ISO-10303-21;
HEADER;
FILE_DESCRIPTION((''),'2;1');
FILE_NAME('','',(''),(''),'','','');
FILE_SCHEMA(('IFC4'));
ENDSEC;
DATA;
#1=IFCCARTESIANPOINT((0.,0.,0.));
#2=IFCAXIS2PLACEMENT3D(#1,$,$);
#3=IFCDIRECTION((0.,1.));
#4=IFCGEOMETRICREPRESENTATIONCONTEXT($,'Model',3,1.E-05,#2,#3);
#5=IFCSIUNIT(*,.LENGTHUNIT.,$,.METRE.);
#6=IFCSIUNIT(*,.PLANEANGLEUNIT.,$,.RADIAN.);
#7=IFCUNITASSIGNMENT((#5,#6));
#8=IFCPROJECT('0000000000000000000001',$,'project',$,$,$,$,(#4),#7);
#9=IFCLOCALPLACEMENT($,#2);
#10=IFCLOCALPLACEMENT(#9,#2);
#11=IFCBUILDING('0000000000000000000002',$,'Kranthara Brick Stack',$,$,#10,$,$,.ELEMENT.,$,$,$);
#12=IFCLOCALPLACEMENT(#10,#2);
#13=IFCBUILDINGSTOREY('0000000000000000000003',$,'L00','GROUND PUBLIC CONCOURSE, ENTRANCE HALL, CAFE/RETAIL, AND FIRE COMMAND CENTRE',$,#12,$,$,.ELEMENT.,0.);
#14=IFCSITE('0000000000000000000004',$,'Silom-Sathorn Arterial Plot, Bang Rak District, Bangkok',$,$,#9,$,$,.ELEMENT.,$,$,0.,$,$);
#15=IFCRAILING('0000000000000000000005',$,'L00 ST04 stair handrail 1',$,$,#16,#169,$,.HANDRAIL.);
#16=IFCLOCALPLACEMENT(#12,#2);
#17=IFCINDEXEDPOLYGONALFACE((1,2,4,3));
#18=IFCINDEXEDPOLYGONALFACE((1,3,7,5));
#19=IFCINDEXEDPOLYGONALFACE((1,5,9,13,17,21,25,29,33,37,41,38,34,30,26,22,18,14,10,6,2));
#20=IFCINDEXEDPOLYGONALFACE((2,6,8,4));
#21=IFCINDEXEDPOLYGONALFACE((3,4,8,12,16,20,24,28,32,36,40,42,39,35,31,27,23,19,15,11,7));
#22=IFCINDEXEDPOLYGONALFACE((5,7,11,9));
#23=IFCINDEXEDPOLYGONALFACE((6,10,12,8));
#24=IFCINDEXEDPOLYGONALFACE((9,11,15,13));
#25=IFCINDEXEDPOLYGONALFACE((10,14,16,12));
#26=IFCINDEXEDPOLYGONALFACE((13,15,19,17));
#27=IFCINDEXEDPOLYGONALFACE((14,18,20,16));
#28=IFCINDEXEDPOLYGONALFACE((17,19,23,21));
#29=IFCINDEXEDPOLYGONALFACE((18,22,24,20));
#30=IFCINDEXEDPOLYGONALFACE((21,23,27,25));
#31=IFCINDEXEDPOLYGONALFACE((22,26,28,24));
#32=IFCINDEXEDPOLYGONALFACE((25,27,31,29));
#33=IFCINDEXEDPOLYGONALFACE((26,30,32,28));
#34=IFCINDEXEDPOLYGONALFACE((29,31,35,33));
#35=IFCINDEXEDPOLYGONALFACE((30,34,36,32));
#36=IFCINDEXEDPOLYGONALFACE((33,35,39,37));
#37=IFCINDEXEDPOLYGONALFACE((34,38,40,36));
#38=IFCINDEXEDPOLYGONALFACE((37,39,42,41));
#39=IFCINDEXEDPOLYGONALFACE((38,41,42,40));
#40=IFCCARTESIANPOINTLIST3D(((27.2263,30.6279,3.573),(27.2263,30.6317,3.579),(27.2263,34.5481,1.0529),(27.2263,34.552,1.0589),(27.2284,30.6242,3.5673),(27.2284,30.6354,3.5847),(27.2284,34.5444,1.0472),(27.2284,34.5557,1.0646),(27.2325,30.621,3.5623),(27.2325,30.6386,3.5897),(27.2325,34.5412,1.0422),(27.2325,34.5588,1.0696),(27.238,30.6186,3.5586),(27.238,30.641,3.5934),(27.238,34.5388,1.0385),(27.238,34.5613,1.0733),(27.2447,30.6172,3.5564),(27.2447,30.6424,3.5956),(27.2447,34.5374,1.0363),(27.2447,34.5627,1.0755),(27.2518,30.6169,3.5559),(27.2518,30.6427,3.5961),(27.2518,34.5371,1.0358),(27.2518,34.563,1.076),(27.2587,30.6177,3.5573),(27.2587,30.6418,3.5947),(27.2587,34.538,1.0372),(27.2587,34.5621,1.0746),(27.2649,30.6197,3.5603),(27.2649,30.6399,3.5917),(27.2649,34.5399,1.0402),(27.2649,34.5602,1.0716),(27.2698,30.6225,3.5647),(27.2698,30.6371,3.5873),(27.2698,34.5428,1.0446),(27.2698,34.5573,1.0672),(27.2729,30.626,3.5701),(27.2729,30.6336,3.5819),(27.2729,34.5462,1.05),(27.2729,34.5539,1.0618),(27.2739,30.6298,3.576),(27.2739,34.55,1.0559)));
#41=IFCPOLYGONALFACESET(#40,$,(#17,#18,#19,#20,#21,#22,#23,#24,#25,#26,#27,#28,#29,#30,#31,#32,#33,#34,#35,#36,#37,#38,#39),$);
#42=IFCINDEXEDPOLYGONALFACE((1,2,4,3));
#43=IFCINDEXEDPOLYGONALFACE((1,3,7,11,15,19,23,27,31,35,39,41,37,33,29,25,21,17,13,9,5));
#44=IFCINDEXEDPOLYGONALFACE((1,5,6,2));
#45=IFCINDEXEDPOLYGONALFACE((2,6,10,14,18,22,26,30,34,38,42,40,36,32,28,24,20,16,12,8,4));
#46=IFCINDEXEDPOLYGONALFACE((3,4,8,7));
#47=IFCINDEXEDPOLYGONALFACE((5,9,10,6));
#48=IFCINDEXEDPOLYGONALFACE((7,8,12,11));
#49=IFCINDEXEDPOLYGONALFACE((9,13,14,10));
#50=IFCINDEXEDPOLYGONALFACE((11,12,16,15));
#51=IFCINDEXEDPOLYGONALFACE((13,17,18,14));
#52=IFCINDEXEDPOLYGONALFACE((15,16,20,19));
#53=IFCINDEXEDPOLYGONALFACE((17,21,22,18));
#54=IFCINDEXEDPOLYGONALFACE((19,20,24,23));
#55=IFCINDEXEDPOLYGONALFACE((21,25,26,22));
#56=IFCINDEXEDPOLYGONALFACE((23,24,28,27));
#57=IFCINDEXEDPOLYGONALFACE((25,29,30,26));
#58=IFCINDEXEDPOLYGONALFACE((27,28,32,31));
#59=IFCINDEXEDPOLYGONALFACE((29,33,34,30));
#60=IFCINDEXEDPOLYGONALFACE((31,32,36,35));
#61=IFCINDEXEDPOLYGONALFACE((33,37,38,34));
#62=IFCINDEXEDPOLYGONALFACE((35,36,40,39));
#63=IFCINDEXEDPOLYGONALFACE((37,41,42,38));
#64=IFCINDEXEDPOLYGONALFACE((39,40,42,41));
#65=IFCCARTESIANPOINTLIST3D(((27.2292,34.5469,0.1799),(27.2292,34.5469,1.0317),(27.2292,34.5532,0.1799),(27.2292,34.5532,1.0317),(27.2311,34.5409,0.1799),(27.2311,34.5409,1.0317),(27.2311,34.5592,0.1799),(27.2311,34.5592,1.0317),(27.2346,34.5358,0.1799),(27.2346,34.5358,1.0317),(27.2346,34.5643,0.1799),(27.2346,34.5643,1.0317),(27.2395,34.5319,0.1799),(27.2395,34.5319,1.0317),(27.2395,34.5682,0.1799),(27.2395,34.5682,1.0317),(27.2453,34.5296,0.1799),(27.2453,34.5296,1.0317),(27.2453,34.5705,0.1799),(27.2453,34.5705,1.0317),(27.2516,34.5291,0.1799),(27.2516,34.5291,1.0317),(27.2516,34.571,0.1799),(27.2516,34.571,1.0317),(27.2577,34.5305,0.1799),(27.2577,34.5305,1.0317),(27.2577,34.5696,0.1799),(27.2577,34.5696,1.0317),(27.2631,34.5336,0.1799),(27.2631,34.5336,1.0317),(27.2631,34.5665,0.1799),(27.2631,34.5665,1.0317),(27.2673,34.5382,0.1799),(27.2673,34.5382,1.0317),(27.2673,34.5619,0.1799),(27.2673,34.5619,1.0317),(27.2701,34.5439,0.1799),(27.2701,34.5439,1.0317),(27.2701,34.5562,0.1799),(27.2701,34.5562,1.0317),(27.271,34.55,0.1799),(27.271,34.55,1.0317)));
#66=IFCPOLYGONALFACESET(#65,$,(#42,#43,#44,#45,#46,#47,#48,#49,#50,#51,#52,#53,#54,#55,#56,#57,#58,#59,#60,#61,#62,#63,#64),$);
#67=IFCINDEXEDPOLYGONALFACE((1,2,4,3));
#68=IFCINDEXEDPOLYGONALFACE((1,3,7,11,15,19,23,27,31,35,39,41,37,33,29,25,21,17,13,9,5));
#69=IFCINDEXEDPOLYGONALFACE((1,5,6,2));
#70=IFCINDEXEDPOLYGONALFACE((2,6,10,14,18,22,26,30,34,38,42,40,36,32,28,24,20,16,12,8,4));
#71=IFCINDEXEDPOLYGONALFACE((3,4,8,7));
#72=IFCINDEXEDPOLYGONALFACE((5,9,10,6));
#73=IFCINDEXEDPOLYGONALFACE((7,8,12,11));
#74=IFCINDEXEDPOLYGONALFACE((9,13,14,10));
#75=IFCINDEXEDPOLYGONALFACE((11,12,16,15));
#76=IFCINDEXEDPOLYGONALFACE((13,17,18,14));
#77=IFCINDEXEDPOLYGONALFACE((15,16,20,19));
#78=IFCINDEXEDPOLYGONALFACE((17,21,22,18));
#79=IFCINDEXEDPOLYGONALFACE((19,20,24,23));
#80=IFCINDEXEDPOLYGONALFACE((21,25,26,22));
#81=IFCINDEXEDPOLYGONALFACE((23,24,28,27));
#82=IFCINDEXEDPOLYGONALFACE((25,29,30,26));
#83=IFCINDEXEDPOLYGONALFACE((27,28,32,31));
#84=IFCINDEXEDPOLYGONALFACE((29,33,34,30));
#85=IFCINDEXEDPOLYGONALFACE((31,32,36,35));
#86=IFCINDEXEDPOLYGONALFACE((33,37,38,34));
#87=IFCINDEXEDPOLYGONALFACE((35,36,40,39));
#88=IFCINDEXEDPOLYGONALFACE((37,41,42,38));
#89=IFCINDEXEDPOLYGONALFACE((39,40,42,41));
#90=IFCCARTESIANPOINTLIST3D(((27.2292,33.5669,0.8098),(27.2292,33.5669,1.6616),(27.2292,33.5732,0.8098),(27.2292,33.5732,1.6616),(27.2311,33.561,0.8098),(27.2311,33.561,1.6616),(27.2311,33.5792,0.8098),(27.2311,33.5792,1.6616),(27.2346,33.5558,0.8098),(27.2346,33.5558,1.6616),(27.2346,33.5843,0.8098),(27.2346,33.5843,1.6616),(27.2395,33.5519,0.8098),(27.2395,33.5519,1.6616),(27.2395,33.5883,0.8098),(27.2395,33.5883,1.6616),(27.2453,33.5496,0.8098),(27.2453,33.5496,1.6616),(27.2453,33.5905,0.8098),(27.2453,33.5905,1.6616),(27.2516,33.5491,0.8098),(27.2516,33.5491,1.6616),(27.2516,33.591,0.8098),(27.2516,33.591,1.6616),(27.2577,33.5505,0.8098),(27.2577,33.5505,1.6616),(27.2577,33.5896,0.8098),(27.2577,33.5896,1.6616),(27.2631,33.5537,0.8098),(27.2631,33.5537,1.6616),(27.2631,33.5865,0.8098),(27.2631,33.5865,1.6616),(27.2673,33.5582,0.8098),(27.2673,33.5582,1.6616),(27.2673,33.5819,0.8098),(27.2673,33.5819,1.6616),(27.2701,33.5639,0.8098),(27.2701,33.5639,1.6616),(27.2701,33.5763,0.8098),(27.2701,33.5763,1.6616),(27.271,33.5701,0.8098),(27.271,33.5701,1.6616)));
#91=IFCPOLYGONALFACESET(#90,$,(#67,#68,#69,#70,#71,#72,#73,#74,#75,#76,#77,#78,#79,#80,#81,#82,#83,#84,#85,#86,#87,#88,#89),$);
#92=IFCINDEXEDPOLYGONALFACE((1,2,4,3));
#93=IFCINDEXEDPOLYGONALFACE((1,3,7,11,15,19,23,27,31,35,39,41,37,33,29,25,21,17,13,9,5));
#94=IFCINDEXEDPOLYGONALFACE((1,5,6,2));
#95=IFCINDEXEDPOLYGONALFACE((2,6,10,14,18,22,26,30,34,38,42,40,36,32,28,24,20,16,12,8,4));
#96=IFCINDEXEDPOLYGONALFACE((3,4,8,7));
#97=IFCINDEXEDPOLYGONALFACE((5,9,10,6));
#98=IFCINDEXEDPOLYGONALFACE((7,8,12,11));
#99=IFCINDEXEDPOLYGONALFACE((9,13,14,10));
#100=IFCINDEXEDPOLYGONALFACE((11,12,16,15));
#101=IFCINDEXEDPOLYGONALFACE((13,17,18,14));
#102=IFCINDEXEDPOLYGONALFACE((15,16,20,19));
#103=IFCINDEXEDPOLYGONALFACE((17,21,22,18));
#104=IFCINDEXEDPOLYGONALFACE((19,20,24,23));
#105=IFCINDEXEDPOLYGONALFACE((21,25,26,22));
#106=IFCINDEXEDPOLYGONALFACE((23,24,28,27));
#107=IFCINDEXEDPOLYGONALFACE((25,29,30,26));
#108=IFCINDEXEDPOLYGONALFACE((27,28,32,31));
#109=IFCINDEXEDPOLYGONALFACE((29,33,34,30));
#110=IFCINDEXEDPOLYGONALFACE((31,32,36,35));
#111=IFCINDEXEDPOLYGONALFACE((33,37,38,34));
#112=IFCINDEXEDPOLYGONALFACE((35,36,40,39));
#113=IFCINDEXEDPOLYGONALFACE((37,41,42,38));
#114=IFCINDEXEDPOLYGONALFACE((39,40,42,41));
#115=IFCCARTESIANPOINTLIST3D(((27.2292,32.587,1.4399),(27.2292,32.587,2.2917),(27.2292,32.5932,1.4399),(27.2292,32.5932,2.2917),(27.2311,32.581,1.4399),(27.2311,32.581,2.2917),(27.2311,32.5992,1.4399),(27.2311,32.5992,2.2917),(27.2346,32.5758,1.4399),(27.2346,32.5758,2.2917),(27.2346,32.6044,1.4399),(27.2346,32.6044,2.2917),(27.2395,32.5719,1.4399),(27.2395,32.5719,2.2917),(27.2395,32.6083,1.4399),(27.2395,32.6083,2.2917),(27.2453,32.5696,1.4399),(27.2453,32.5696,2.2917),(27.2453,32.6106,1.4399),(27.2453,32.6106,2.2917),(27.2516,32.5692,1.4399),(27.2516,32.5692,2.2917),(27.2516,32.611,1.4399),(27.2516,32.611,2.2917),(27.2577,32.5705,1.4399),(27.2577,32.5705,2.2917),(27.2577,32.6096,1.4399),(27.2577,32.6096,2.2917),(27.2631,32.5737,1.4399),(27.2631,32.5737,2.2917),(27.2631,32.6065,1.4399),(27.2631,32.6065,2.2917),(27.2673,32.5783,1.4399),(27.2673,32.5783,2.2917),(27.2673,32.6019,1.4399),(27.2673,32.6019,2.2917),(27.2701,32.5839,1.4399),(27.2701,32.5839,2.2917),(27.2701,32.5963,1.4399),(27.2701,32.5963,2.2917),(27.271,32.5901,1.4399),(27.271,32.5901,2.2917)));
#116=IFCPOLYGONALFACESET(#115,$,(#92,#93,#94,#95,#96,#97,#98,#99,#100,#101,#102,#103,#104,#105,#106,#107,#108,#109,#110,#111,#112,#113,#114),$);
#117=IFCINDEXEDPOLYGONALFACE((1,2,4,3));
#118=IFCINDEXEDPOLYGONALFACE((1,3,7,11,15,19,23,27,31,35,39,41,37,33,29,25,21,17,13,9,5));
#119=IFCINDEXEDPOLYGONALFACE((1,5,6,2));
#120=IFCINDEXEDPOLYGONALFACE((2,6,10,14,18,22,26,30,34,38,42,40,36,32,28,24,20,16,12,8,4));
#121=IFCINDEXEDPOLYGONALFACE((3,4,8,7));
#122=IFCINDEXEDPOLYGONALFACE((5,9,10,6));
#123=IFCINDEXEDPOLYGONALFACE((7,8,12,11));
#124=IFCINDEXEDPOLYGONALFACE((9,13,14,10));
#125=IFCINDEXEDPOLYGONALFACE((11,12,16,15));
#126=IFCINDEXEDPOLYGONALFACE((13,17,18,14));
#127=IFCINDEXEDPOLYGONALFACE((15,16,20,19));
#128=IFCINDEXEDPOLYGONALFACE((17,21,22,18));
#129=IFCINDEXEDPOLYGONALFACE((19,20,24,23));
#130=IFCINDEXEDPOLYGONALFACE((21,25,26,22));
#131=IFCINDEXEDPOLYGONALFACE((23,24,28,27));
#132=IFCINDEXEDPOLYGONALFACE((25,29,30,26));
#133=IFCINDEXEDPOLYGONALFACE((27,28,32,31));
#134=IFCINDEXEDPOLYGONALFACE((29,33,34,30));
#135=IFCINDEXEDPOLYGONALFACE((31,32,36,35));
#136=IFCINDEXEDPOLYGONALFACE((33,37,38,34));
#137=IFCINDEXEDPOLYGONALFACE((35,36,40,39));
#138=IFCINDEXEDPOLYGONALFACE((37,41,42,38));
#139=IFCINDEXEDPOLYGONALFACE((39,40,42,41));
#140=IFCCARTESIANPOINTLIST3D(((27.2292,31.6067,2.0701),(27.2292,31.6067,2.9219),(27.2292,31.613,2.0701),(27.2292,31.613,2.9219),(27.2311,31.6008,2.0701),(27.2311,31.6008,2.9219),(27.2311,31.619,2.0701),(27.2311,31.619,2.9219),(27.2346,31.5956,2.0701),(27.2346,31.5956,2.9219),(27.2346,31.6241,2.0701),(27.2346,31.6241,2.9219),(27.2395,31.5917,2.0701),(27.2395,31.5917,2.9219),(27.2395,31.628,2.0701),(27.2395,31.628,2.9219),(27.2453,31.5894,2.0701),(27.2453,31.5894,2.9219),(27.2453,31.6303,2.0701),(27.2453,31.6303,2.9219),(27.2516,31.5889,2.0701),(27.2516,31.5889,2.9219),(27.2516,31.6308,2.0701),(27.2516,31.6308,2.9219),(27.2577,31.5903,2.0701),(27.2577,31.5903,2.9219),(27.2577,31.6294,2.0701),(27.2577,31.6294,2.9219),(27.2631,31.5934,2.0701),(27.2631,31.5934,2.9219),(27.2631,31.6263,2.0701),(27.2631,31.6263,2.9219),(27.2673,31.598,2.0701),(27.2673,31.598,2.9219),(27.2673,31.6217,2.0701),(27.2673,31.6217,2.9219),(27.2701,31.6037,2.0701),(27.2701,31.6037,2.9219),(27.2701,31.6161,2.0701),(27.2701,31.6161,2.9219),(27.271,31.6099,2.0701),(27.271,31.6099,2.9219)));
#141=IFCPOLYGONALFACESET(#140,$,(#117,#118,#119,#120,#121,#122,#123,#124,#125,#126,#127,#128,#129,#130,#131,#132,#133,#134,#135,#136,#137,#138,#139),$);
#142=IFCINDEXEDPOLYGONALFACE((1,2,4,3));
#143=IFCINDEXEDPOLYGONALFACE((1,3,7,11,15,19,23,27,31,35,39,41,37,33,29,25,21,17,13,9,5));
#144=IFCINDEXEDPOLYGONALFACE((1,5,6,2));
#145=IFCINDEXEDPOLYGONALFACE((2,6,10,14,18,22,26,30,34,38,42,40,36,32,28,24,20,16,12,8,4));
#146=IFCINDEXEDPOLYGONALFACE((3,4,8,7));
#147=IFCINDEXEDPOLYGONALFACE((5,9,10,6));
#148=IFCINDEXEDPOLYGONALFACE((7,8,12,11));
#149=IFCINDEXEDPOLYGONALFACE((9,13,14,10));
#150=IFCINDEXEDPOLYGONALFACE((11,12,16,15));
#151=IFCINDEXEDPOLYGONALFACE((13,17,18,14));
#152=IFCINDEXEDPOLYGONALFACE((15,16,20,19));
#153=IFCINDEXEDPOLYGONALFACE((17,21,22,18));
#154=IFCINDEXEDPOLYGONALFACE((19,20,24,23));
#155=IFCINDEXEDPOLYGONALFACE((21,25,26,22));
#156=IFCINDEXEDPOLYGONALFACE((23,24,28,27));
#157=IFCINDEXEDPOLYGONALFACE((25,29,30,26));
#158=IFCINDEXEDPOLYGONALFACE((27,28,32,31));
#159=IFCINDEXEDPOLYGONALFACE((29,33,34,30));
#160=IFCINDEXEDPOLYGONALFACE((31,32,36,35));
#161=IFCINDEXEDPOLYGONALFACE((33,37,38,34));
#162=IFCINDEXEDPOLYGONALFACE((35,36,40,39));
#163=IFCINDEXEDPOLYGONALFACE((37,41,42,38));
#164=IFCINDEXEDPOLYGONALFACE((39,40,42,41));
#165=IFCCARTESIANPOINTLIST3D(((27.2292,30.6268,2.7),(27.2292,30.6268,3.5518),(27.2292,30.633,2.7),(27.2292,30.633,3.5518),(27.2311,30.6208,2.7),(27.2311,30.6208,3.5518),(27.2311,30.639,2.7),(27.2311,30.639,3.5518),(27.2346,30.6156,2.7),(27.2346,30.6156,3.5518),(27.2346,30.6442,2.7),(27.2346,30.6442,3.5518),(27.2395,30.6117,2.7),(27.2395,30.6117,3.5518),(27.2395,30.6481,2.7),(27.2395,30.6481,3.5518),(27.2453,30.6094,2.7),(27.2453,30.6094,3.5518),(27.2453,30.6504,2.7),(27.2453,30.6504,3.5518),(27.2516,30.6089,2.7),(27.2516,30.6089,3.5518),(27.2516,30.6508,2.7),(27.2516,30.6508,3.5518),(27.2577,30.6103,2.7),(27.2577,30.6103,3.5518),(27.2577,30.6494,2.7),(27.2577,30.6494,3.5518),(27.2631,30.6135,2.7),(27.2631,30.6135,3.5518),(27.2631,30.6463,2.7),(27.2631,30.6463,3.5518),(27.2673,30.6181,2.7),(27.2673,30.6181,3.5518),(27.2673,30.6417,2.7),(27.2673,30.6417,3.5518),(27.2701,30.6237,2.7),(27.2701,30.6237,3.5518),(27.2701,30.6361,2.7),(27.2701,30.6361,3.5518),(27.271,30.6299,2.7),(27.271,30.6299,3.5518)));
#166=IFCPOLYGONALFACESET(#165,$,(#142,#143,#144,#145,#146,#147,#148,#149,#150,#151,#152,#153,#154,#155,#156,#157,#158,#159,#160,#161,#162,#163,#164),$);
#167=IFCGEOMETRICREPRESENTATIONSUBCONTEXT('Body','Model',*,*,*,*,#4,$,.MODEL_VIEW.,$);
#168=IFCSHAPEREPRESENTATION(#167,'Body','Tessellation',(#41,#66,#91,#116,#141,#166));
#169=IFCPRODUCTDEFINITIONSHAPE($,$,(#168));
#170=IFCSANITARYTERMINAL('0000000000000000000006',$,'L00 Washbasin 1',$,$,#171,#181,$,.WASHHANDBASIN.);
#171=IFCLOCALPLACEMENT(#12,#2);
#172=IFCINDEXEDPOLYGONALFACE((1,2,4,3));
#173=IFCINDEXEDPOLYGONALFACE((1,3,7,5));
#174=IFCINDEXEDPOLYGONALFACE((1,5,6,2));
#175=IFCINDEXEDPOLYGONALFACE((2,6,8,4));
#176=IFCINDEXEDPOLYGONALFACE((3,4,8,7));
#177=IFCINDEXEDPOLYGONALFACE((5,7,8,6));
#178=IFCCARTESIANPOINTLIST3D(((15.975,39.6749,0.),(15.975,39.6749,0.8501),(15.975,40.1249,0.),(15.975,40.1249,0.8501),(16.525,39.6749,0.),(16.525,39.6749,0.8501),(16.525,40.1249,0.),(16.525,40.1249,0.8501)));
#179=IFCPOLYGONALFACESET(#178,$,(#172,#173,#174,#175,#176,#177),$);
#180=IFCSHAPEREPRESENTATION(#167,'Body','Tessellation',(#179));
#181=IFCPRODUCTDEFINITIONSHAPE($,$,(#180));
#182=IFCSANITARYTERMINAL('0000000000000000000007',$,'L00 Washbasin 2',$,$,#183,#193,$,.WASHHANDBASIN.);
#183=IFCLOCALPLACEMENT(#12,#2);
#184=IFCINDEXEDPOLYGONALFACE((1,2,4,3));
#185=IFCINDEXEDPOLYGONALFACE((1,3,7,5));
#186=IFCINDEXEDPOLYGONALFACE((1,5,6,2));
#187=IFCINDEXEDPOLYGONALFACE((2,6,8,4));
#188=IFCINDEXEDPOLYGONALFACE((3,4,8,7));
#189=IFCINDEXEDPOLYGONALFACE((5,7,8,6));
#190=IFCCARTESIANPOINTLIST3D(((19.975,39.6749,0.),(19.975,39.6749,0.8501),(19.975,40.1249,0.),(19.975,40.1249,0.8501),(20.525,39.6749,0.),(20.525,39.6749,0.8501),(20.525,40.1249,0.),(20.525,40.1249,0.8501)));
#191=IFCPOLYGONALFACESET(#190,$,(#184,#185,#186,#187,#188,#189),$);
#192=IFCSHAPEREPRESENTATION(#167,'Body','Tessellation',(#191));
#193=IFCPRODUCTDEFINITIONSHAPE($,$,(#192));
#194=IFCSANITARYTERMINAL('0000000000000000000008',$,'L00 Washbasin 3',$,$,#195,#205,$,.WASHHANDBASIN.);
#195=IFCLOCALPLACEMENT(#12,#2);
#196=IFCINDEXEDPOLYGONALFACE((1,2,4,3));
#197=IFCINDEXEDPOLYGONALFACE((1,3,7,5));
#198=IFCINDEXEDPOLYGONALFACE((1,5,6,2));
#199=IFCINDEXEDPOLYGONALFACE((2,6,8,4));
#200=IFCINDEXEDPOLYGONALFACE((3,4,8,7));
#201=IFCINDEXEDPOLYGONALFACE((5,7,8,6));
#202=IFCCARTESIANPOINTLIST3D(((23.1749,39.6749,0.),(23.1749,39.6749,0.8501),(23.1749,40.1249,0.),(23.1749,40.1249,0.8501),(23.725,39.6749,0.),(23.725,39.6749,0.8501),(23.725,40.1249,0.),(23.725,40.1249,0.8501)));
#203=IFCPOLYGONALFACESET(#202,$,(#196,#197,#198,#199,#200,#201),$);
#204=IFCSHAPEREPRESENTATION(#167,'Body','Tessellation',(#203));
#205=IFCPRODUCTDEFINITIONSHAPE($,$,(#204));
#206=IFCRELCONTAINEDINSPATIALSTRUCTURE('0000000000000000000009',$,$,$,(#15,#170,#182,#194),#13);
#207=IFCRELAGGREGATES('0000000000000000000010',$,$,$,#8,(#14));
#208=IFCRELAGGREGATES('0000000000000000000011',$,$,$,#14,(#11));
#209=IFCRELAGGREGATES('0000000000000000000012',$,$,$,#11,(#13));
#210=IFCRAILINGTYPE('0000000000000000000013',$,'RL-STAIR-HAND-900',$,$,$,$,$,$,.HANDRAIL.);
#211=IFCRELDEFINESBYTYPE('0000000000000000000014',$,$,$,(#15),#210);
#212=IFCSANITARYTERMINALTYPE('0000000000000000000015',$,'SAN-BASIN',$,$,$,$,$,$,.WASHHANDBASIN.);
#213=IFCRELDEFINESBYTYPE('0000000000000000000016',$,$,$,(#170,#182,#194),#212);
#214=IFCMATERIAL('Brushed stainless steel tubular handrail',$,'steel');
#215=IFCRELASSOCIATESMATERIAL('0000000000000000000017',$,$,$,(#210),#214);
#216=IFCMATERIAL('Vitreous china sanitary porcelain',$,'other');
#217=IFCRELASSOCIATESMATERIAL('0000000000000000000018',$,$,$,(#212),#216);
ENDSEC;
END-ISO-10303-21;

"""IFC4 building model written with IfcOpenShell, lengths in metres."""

from ifc_helpers import new_model, si_unit, direction, frame, origin, origin_2d, place, context, subcontext, project, spatial, rectangle, circle, extrude, material, type_object, element, save


model = new_model("IFC4")

# Units and contexts
model_context = context("Model", 3, precision=1e-05, world=origin(), true_north=direction((0.0, 1.0)))
body_context = subcontext(model_context, "Body", "Model", "MODEL_VIEW")
ifc_project = project(units=[si_unit("LENGTHUNIT", "METRE"), si_unit("PLANEANGLEUNIT", "RADIAN")], contexts=[model_context])

# Site, building, storey
site_placement = place(None, origin())
site = spatial("IfcSite", under=ifc_project, at=site_placement, Name="Silom-Sathorn Arterial Plot, Bang Rak District, Bangkok", CompositionType="ELEMENT", RefElevation=0.0)
building_placement = place(site_placement, origin())
building = spatial("IfcBuilding", under=site, at=building_placement, Name="Kranthara Brick Stack", CompositionType="ELEMENT")
storey_placement = place(building_placement, origin())
storey = spatial("IfcBuildingStorey", under=building, at=storey_placement, Name="L00", Description="GROUND PUBLIC CONCOURSE, ENTRANCE HALL, CAFE/RETAIL, AND FIRE COMMAND CENTRE", CompositionType="ELEMENT", Elevation=0.0)

# Railing
ifc_material_1 = material(Name="Brushed stainless steel tubular handrail", Category="steel")
railing_type_1 = type_object("IfcRailingType", Name="RL-STAIR-HAND-900", PredefinedType="HANDRAIL", material=ifc_material_1)
railing_1_placement = place(storey_placement, frame((27.25, 34.55, 0.1799)))
element("IfcRailing", 1, at=railing_1_placement, inside=storey, type_object=railing_type_1, Name="L00 ST04 stair handrail 1", PredefinedType="HANDRAIL", context=body_context, shape_type="SweptSolid", body=[
    extrude(circle(Radius=0.0239, at=origin_2d()), frame((0.0, 0.0, 0.876), z_axis=(0.0, -0.841187, 0.540744), x_axis=(1.0, 0.0, 0.0)), (0.0, 0.0, 1.0), 4.6604),
    extrude(circle(Radius=0.021, at=origin_2d()), origin(), (0.0, 0.0, 1.0), 0.8518),
    extrude(circle(Radius=0.021, at=origin_2d()), frame((0.0, -0.98, 0.6299)), (0.0, 0.0, 1.0), 0.8518),
    extrude(circle(Radius=0.021, at=origin_2d()), frame((0.0, -1.96, 1.26)), (0.0, 0.0, 1.0), 0.8518),
    extrude(circle(Radius=0.021, at=origin_2d()), frame((0.0, -2.9402, 1.8901)), (0.0, 0.0, 1.0), 0.8518),
    extrude(circle(Radius=0.021, at=origin_2d()), frame((0.0, -3.9202, 2.52)), (0.0, 0.0, 1.0), 0.8518),
])

# Sanitary terminals
ifc_material_2 = material(Name="Vitreous china sanitary porcelain", Category="other")
sanitary_terminal_type_1 = type_object("IfcSanitaryTerminalType", Name="SAN-BASIN", PredefinedType="WASHHANDBASIN", material=ifc_material_2)
for number, where, z_axis, x_axis, name in (
    (2, (16.25, 39.8999, 0.0), (0.0, 0.0, 1.0), (1.0, 0.0, 0.0), "L00 Washbasin 1"),
    (3, (20.25, 39.8999, 0.0), (0.0, 0.0, 1.0), (1.0, 0.0, 0.0), "L00 Washbasin 2"),
    (4, (23.45, 39.8999, 0.0), (0.0, 0.0, 1.0), (1.0, 0.0, 0.0), "L00 Washbasin 3"),
):
    element("IfcSanitaryTerminal", number, at=place(storey_placement, frame(where, z_axis=z_axis, x_axis=x_axis)), inside=storey, type_object=sanitary_terminal_type_1, Name=name, PredefinedType="WASHHANDBASIN", context=body_context, shape_type="SweptSolid", body=[
        extrude(rectangle(XDim=0.55, YDim=0.45, at=origin_2d()), origin(), (0.0, 0.0, 1.0), 0.8501),
    ])

save(model, "model.ifc")
